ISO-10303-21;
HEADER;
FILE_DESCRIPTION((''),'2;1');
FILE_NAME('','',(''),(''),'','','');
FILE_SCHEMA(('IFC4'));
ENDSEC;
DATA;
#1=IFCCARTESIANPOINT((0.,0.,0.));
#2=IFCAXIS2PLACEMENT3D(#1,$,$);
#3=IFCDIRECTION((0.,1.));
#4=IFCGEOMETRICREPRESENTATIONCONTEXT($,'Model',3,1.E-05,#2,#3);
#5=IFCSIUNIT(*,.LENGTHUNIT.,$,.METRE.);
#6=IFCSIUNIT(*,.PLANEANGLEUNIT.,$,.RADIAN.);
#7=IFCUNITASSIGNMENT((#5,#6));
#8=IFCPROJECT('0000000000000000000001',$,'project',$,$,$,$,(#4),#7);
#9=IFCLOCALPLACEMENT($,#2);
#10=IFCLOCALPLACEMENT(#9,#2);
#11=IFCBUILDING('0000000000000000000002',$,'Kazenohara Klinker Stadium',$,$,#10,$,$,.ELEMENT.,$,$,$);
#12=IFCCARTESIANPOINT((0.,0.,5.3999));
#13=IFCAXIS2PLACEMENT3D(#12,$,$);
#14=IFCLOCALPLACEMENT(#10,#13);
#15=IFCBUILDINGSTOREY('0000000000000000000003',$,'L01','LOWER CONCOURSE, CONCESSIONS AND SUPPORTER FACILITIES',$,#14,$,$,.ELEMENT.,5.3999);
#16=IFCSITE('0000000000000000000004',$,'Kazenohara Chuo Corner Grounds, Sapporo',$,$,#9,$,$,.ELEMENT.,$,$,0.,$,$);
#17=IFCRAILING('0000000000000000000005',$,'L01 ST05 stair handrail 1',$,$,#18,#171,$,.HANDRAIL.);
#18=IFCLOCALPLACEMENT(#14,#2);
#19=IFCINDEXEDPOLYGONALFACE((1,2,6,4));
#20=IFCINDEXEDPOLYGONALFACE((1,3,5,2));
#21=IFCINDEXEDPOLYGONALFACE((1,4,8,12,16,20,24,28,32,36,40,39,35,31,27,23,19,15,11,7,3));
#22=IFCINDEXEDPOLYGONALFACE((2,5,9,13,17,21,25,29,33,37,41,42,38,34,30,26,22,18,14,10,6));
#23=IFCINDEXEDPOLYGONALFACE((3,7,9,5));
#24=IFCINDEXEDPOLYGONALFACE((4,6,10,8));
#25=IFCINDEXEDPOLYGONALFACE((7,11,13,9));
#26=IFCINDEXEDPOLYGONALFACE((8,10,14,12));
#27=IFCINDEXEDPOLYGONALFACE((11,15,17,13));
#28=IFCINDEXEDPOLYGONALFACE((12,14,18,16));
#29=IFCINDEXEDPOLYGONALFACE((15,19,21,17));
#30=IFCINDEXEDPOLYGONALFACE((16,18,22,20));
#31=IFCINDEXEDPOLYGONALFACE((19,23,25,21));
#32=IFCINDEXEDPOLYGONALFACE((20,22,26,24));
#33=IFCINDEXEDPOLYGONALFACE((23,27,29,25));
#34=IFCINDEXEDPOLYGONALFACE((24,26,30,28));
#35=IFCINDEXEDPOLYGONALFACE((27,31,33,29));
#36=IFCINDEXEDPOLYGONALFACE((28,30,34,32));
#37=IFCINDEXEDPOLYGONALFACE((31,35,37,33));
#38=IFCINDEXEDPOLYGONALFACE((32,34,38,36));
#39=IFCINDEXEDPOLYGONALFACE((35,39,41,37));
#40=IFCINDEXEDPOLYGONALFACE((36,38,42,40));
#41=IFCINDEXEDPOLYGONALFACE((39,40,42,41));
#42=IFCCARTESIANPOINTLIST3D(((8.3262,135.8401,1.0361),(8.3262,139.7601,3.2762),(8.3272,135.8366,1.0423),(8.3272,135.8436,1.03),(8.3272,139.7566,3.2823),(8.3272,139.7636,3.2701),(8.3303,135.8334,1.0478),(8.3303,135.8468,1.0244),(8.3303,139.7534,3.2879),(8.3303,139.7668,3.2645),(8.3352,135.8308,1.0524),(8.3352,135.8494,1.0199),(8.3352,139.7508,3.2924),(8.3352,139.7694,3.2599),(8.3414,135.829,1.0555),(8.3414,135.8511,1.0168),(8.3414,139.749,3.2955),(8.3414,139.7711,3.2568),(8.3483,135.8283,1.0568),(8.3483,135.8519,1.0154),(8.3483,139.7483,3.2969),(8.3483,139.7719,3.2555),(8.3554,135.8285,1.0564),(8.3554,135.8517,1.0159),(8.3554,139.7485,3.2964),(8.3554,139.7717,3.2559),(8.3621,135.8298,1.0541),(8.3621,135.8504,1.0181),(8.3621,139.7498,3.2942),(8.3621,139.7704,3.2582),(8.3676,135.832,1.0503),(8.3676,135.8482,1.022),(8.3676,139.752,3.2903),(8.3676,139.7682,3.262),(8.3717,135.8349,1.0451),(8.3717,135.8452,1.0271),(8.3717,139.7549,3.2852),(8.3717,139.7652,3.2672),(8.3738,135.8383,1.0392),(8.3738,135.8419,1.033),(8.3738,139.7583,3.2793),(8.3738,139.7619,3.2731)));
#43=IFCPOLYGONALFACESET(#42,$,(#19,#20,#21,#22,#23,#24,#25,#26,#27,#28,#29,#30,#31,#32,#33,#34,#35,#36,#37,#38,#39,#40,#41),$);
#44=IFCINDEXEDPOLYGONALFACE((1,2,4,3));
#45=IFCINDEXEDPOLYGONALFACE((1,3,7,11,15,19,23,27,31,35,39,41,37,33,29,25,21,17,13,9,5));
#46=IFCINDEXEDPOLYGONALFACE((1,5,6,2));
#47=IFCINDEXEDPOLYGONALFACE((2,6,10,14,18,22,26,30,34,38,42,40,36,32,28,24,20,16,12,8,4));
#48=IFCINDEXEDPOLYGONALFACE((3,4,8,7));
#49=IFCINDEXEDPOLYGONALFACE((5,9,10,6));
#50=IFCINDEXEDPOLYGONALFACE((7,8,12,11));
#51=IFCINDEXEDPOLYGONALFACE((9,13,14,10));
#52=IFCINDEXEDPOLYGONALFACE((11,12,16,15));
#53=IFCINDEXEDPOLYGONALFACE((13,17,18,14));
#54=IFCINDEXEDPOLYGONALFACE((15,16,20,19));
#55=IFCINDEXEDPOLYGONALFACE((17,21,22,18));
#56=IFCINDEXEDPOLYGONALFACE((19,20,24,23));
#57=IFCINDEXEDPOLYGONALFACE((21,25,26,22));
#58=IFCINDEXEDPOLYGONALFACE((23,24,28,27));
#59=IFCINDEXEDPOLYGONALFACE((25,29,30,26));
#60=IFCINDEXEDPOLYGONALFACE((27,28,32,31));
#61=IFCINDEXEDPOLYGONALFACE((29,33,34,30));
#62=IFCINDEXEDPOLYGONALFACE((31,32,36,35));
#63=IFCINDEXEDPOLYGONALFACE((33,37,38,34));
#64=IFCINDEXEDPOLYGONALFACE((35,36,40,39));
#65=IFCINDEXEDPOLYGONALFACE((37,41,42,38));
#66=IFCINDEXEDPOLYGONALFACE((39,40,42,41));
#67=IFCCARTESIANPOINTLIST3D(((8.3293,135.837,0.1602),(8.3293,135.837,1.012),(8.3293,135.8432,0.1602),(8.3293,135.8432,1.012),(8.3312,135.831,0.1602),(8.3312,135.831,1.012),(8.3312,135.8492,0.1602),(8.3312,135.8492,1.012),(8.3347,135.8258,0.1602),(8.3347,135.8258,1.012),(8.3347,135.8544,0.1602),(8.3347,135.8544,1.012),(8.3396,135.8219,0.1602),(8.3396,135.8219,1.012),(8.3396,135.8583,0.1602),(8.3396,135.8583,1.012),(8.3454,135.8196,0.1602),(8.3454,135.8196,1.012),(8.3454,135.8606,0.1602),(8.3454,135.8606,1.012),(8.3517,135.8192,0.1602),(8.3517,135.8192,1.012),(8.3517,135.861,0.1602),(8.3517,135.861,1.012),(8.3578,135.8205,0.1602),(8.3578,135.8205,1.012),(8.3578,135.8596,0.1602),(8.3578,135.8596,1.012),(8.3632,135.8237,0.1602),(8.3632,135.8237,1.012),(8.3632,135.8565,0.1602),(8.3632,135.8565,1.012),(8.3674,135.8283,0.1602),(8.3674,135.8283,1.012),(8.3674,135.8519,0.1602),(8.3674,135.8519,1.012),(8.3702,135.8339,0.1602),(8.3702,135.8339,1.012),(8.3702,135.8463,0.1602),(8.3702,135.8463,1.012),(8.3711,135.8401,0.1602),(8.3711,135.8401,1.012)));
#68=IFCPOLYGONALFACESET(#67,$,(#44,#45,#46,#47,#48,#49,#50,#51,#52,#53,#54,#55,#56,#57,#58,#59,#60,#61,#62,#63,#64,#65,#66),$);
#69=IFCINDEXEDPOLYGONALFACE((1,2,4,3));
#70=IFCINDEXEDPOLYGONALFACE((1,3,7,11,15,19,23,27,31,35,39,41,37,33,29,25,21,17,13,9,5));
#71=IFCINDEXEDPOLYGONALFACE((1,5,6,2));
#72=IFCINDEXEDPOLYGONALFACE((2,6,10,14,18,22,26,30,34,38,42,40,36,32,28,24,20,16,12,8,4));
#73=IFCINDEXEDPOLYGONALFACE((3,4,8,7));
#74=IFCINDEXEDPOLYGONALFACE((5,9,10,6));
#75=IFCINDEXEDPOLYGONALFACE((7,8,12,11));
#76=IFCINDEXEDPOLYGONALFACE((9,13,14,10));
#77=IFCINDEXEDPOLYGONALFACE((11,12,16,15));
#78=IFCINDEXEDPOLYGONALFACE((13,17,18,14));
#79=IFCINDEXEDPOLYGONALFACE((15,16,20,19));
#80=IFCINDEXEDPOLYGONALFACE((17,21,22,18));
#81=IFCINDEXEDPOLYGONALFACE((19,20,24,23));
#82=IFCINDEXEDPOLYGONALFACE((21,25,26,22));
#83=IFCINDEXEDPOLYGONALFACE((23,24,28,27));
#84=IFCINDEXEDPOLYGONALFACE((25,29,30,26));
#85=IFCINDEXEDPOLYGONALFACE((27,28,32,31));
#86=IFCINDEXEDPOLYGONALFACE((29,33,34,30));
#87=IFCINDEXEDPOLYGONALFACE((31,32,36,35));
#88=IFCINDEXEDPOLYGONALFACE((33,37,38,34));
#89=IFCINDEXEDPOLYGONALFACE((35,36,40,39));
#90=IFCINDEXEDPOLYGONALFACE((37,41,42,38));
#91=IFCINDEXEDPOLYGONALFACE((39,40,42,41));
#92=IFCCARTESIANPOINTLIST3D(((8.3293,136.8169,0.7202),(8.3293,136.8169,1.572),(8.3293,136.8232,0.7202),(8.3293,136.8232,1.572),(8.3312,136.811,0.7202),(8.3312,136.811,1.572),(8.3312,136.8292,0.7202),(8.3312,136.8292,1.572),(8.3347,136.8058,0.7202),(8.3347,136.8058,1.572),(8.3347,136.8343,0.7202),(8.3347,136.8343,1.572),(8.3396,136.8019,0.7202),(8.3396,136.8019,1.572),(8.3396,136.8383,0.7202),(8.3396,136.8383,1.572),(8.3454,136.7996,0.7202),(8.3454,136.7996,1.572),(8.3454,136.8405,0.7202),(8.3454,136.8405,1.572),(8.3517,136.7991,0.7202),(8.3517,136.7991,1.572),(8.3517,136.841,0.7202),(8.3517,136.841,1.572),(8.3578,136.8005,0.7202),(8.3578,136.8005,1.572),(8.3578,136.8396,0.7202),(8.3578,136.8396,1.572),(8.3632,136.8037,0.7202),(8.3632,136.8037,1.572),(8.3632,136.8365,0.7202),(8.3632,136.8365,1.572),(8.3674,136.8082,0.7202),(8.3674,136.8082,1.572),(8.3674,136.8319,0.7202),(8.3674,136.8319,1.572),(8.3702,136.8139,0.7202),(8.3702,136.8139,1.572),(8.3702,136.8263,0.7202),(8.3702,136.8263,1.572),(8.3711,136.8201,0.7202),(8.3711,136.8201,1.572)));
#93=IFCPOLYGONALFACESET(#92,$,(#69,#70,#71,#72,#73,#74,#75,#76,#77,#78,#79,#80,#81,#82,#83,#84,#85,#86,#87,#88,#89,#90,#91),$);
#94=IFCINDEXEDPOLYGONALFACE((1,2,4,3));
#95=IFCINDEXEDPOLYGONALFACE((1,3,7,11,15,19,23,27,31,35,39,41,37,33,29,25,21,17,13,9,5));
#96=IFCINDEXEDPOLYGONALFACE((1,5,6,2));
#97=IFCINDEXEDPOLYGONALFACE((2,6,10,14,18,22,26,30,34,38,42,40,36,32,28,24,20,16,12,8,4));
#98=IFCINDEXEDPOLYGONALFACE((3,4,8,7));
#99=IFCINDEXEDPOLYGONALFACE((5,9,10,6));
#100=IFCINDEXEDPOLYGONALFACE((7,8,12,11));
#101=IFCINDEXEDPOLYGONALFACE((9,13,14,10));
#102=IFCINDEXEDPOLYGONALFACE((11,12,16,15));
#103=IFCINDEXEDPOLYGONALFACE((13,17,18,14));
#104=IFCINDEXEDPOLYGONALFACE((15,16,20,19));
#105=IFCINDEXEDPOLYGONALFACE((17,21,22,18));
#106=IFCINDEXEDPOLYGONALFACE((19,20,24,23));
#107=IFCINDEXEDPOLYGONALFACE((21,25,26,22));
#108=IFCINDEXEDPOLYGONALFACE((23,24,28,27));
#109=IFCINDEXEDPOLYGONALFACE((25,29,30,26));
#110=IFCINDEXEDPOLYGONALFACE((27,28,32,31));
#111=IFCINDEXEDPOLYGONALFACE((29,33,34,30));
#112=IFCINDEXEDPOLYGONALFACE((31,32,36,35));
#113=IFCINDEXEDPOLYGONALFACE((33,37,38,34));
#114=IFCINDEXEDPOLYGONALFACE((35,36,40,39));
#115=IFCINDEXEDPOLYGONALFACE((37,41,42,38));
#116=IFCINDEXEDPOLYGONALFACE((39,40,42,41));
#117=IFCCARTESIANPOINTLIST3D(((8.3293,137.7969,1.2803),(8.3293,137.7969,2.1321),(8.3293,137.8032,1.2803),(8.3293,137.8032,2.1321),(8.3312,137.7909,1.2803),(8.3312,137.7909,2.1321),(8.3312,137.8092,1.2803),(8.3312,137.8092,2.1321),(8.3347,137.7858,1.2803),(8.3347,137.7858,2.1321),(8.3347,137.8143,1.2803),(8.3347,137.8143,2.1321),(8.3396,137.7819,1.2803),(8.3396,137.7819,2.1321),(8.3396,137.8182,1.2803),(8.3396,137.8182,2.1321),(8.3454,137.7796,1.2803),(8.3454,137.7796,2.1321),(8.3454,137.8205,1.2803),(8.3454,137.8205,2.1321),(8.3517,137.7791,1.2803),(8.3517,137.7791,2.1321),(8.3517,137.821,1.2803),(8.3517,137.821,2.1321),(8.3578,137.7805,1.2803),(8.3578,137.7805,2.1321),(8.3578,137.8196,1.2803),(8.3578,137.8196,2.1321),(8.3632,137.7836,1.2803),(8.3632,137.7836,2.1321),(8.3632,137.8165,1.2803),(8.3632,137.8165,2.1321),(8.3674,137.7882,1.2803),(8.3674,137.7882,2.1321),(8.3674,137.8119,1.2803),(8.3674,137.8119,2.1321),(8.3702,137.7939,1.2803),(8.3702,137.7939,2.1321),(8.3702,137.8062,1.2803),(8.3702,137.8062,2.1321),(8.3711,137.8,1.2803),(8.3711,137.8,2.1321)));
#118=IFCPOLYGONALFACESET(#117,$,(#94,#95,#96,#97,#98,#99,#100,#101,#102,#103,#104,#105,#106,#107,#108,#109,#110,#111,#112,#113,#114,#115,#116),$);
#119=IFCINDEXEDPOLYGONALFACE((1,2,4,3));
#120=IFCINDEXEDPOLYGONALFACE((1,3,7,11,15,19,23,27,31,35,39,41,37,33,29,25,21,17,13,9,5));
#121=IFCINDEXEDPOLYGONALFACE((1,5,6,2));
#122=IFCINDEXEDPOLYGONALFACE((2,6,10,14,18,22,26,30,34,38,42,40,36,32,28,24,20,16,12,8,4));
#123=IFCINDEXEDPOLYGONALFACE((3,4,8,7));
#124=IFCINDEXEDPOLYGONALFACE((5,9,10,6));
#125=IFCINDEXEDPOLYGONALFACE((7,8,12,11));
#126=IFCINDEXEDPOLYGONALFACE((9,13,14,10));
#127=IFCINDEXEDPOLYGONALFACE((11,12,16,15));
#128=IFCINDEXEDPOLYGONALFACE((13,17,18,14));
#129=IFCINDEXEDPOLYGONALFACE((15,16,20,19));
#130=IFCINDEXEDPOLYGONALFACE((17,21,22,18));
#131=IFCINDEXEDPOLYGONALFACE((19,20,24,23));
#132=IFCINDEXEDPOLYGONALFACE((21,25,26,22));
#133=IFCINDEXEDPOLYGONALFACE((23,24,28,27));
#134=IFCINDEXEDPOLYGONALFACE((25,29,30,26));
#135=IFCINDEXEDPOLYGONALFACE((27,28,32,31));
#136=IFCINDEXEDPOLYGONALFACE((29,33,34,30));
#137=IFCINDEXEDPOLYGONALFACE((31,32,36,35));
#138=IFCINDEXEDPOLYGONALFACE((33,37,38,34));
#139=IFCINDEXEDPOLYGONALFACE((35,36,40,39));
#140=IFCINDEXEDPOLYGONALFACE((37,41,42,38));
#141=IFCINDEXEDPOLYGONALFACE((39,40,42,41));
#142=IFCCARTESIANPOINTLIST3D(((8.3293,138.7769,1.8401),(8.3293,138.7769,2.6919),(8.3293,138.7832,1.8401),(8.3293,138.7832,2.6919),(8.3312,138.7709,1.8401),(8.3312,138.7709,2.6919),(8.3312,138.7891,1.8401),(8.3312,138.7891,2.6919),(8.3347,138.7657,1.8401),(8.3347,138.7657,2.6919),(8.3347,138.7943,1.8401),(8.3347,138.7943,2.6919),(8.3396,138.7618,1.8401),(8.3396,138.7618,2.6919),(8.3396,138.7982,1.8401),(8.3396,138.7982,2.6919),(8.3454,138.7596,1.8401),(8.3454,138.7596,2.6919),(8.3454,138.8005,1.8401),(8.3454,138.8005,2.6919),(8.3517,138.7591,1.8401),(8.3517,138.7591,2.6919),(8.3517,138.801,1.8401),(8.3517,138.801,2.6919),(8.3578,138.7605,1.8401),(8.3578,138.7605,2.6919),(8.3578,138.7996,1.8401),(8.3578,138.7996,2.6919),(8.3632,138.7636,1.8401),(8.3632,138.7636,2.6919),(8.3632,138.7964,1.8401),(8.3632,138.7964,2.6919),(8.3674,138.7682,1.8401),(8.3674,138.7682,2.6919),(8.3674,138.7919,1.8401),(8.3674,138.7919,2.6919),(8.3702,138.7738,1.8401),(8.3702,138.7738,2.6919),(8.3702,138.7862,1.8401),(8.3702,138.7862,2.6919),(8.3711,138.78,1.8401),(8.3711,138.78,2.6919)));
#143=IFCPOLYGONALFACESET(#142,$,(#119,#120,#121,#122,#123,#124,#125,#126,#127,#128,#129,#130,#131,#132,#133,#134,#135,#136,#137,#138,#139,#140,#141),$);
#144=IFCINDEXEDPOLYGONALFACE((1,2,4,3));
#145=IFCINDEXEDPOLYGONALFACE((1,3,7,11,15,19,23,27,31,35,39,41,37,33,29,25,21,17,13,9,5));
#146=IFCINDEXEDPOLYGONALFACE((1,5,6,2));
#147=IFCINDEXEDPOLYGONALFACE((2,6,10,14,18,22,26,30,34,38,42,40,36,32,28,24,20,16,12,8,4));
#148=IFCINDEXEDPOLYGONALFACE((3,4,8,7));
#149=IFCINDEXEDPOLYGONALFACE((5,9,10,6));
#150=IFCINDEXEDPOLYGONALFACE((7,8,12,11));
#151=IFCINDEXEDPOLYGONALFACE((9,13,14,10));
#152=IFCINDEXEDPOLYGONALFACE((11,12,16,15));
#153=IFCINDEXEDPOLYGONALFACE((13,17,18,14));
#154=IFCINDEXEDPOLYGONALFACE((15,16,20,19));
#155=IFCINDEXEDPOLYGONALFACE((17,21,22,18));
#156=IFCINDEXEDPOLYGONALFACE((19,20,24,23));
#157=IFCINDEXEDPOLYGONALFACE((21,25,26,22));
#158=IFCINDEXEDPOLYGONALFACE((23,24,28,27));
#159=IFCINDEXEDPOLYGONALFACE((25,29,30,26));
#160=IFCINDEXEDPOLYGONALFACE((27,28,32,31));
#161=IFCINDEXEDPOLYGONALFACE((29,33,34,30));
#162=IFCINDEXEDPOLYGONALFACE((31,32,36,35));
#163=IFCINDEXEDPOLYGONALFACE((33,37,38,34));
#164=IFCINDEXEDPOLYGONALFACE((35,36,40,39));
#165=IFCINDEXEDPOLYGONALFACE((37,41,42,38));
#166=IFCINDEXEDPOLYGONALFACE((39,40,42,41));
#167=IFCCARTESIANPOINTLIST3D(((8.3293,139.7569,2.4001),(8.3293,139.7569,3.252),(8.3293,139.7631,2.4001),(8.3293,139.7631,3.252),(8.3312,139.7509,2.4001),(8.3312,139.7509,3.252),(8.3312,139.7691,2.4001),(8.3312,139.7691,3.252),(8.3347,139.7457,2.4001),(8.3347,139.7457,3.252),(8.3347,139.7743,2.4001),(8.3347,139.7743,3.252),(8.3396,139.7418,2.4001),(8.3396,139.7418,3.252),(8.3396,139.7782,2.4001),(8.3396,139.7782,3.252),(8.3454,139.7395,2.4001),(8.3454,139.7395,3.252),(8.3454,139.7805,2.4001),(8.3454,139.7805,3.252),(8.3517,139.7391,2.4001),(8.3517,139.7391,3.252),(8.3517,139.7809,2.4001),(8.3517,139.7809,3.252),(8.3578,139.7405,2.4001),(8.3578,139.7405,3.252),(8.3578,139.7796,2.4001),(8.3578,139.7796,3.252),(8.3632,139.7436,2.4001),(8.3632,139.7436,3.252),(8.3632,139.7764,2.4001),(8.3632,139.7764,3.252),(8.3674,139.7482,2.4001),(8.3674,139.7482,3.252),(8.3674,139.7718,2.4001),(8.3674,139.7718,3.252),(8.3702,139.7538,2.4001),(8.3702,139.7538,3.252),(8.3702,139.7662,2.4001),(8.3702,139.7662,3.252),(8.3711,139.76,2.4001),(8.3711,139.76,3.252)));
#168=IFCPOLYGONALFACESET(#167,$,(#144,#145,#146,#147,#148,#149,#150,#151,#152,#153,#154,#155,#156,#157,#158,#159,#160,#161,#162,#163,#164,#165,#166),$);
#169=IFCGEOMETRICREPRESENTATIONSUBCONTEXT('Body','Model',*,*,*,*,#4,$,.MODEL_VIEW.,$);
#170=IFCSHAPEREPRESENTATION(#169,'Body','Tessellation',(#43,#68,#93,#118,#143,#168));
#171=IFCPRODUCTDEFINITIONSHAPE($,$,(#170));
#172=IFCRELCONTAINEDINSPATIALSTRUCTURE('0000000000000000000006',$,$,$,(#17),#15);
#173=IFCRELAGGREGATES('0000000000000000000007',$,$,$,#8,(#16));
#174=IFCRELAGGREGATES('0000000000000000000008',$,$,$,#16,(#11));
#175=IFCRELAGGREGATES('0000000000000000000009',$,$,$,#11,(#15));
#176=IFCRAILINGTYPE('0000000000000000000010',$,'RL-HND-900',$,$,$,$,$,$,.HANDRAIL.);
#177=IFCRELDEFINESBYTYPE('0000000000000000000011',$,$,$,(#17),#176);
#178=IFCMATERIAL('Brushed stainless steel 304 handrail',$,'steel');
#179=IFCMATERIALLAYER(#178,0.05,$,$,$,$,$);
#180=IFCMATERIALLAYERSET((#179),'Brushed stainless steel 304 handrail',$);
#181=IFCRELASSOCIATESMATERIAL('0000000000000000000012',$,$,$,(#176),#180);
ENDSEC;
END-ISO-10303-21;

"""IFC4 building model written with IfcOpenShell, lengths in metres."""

from ifc_helpers import new_model, si_unit, direction, frame, origin, origin_2d, place, context, subcontext, project, spatial, circle, extrude, material, layer, layer_set, type_object, element, save


model = new_model("IFC4")

# Units and contexts
model_context = context("Model", 3, precision=1e-05, world=origin(), true_north=direction((0.0, 1.0)))
body_context = subcontext(model_context, "Body", "Model", "MODEL_VIEW")
ifc_project = project(units=[si_unit("LENGTHUNIT", "METRE"), si_unit("PLANEANGLEUNIT", "RADIAN")], contexts=[model_context])

# Site, building, storey
site_placement = place(None, origin())
site = spatial("IfcSite", under=ifc_project, at=site_placement, Name="Kazenohara Chuo Corner Grounds, Sapporo", CompositionType="ELEMENT", RefElevation=0.0)
building_placement = place(site_placement, origin())
building = spatial("IfcBuilding", under=site, at=building_placement, Name="Kazenohara Klinker Stadium", CompositionType="ELEMENT")
storey_placement = place(building_placement, frame((0.0, 0.0, 5.3999)))
storey = spatial("IfcBuildingStorey", under=building, at=storey_placement, Name="L01", Description="LOWER CONCOURSE, CONCESSIONS AND SUPPORTER FACILITIES", CompositionType="ELEMENT", Elevation=5.3999)

# Railing
ifc_material_1 = material(Name="Brushed stainless steel 304 handrail", Category="steel")
ifc_layer_1 = layer(ifc_material_1, 0.05)
ifc_layer_set_1 = layer_set([ifc_layer_1], Name="Brushed stainless steel 304 handrail")
railing_type_1 = type_object("IfcRailingType", Name="RL-HND-900", PredefinedType="HANDRAIL", material=ifc_layer_set_1)
railing_1_placement = place(storey_placement, frame((8.3501, 135.8401, 0.1602)))
element("IfcRailing", 1, at=railing_1_placement, inside=storey, type_object=railing_type_1, Name="L01 ST05 stair handrail 1", PredefinedType="HANDRAIL", context=body_context, shape_type="SweptSolid", body=[
    extrude(circle(Radius=0.0239, at=origin_2d()), frame((0.0, 0.0, 0.876), z_axis=(0.0, 0.86824, 0.496145), x_axis=(-1.0, 0.0, 0.0)), (0.0, 0.0, 1.0), 4.5149),
    extrude(circle(Radius=0.021, at=origin_2d()), origin(), (0.0, 0.0, 1.0), 0.8518),
    extrude(circle(Radius=0.021, at=origin_2d()), frame((0.0, 0.98, 0.5601)), (0.0, 0.0, 1.0), 0.8518),
    extrude(circle(Radius=0.021, at=origin_2d()), frame((0.0, 1.96, 1.1201)), (0.0, 0.0, 1.0), 0.8518),
    extrude(circle(Radius=0.021, at=origin_2d()), frame((0.0, 2.9399, 1.6799)), (0.0, 0.0, 1.0), 0.8518),
    extrude(circle(Radius=0.021, at=origin_2d()), frame((0.0, 3.9199, 2.24)), (0.0, 0.0, 1.0), 0.8518),
])

save(model, "model.ifc")
